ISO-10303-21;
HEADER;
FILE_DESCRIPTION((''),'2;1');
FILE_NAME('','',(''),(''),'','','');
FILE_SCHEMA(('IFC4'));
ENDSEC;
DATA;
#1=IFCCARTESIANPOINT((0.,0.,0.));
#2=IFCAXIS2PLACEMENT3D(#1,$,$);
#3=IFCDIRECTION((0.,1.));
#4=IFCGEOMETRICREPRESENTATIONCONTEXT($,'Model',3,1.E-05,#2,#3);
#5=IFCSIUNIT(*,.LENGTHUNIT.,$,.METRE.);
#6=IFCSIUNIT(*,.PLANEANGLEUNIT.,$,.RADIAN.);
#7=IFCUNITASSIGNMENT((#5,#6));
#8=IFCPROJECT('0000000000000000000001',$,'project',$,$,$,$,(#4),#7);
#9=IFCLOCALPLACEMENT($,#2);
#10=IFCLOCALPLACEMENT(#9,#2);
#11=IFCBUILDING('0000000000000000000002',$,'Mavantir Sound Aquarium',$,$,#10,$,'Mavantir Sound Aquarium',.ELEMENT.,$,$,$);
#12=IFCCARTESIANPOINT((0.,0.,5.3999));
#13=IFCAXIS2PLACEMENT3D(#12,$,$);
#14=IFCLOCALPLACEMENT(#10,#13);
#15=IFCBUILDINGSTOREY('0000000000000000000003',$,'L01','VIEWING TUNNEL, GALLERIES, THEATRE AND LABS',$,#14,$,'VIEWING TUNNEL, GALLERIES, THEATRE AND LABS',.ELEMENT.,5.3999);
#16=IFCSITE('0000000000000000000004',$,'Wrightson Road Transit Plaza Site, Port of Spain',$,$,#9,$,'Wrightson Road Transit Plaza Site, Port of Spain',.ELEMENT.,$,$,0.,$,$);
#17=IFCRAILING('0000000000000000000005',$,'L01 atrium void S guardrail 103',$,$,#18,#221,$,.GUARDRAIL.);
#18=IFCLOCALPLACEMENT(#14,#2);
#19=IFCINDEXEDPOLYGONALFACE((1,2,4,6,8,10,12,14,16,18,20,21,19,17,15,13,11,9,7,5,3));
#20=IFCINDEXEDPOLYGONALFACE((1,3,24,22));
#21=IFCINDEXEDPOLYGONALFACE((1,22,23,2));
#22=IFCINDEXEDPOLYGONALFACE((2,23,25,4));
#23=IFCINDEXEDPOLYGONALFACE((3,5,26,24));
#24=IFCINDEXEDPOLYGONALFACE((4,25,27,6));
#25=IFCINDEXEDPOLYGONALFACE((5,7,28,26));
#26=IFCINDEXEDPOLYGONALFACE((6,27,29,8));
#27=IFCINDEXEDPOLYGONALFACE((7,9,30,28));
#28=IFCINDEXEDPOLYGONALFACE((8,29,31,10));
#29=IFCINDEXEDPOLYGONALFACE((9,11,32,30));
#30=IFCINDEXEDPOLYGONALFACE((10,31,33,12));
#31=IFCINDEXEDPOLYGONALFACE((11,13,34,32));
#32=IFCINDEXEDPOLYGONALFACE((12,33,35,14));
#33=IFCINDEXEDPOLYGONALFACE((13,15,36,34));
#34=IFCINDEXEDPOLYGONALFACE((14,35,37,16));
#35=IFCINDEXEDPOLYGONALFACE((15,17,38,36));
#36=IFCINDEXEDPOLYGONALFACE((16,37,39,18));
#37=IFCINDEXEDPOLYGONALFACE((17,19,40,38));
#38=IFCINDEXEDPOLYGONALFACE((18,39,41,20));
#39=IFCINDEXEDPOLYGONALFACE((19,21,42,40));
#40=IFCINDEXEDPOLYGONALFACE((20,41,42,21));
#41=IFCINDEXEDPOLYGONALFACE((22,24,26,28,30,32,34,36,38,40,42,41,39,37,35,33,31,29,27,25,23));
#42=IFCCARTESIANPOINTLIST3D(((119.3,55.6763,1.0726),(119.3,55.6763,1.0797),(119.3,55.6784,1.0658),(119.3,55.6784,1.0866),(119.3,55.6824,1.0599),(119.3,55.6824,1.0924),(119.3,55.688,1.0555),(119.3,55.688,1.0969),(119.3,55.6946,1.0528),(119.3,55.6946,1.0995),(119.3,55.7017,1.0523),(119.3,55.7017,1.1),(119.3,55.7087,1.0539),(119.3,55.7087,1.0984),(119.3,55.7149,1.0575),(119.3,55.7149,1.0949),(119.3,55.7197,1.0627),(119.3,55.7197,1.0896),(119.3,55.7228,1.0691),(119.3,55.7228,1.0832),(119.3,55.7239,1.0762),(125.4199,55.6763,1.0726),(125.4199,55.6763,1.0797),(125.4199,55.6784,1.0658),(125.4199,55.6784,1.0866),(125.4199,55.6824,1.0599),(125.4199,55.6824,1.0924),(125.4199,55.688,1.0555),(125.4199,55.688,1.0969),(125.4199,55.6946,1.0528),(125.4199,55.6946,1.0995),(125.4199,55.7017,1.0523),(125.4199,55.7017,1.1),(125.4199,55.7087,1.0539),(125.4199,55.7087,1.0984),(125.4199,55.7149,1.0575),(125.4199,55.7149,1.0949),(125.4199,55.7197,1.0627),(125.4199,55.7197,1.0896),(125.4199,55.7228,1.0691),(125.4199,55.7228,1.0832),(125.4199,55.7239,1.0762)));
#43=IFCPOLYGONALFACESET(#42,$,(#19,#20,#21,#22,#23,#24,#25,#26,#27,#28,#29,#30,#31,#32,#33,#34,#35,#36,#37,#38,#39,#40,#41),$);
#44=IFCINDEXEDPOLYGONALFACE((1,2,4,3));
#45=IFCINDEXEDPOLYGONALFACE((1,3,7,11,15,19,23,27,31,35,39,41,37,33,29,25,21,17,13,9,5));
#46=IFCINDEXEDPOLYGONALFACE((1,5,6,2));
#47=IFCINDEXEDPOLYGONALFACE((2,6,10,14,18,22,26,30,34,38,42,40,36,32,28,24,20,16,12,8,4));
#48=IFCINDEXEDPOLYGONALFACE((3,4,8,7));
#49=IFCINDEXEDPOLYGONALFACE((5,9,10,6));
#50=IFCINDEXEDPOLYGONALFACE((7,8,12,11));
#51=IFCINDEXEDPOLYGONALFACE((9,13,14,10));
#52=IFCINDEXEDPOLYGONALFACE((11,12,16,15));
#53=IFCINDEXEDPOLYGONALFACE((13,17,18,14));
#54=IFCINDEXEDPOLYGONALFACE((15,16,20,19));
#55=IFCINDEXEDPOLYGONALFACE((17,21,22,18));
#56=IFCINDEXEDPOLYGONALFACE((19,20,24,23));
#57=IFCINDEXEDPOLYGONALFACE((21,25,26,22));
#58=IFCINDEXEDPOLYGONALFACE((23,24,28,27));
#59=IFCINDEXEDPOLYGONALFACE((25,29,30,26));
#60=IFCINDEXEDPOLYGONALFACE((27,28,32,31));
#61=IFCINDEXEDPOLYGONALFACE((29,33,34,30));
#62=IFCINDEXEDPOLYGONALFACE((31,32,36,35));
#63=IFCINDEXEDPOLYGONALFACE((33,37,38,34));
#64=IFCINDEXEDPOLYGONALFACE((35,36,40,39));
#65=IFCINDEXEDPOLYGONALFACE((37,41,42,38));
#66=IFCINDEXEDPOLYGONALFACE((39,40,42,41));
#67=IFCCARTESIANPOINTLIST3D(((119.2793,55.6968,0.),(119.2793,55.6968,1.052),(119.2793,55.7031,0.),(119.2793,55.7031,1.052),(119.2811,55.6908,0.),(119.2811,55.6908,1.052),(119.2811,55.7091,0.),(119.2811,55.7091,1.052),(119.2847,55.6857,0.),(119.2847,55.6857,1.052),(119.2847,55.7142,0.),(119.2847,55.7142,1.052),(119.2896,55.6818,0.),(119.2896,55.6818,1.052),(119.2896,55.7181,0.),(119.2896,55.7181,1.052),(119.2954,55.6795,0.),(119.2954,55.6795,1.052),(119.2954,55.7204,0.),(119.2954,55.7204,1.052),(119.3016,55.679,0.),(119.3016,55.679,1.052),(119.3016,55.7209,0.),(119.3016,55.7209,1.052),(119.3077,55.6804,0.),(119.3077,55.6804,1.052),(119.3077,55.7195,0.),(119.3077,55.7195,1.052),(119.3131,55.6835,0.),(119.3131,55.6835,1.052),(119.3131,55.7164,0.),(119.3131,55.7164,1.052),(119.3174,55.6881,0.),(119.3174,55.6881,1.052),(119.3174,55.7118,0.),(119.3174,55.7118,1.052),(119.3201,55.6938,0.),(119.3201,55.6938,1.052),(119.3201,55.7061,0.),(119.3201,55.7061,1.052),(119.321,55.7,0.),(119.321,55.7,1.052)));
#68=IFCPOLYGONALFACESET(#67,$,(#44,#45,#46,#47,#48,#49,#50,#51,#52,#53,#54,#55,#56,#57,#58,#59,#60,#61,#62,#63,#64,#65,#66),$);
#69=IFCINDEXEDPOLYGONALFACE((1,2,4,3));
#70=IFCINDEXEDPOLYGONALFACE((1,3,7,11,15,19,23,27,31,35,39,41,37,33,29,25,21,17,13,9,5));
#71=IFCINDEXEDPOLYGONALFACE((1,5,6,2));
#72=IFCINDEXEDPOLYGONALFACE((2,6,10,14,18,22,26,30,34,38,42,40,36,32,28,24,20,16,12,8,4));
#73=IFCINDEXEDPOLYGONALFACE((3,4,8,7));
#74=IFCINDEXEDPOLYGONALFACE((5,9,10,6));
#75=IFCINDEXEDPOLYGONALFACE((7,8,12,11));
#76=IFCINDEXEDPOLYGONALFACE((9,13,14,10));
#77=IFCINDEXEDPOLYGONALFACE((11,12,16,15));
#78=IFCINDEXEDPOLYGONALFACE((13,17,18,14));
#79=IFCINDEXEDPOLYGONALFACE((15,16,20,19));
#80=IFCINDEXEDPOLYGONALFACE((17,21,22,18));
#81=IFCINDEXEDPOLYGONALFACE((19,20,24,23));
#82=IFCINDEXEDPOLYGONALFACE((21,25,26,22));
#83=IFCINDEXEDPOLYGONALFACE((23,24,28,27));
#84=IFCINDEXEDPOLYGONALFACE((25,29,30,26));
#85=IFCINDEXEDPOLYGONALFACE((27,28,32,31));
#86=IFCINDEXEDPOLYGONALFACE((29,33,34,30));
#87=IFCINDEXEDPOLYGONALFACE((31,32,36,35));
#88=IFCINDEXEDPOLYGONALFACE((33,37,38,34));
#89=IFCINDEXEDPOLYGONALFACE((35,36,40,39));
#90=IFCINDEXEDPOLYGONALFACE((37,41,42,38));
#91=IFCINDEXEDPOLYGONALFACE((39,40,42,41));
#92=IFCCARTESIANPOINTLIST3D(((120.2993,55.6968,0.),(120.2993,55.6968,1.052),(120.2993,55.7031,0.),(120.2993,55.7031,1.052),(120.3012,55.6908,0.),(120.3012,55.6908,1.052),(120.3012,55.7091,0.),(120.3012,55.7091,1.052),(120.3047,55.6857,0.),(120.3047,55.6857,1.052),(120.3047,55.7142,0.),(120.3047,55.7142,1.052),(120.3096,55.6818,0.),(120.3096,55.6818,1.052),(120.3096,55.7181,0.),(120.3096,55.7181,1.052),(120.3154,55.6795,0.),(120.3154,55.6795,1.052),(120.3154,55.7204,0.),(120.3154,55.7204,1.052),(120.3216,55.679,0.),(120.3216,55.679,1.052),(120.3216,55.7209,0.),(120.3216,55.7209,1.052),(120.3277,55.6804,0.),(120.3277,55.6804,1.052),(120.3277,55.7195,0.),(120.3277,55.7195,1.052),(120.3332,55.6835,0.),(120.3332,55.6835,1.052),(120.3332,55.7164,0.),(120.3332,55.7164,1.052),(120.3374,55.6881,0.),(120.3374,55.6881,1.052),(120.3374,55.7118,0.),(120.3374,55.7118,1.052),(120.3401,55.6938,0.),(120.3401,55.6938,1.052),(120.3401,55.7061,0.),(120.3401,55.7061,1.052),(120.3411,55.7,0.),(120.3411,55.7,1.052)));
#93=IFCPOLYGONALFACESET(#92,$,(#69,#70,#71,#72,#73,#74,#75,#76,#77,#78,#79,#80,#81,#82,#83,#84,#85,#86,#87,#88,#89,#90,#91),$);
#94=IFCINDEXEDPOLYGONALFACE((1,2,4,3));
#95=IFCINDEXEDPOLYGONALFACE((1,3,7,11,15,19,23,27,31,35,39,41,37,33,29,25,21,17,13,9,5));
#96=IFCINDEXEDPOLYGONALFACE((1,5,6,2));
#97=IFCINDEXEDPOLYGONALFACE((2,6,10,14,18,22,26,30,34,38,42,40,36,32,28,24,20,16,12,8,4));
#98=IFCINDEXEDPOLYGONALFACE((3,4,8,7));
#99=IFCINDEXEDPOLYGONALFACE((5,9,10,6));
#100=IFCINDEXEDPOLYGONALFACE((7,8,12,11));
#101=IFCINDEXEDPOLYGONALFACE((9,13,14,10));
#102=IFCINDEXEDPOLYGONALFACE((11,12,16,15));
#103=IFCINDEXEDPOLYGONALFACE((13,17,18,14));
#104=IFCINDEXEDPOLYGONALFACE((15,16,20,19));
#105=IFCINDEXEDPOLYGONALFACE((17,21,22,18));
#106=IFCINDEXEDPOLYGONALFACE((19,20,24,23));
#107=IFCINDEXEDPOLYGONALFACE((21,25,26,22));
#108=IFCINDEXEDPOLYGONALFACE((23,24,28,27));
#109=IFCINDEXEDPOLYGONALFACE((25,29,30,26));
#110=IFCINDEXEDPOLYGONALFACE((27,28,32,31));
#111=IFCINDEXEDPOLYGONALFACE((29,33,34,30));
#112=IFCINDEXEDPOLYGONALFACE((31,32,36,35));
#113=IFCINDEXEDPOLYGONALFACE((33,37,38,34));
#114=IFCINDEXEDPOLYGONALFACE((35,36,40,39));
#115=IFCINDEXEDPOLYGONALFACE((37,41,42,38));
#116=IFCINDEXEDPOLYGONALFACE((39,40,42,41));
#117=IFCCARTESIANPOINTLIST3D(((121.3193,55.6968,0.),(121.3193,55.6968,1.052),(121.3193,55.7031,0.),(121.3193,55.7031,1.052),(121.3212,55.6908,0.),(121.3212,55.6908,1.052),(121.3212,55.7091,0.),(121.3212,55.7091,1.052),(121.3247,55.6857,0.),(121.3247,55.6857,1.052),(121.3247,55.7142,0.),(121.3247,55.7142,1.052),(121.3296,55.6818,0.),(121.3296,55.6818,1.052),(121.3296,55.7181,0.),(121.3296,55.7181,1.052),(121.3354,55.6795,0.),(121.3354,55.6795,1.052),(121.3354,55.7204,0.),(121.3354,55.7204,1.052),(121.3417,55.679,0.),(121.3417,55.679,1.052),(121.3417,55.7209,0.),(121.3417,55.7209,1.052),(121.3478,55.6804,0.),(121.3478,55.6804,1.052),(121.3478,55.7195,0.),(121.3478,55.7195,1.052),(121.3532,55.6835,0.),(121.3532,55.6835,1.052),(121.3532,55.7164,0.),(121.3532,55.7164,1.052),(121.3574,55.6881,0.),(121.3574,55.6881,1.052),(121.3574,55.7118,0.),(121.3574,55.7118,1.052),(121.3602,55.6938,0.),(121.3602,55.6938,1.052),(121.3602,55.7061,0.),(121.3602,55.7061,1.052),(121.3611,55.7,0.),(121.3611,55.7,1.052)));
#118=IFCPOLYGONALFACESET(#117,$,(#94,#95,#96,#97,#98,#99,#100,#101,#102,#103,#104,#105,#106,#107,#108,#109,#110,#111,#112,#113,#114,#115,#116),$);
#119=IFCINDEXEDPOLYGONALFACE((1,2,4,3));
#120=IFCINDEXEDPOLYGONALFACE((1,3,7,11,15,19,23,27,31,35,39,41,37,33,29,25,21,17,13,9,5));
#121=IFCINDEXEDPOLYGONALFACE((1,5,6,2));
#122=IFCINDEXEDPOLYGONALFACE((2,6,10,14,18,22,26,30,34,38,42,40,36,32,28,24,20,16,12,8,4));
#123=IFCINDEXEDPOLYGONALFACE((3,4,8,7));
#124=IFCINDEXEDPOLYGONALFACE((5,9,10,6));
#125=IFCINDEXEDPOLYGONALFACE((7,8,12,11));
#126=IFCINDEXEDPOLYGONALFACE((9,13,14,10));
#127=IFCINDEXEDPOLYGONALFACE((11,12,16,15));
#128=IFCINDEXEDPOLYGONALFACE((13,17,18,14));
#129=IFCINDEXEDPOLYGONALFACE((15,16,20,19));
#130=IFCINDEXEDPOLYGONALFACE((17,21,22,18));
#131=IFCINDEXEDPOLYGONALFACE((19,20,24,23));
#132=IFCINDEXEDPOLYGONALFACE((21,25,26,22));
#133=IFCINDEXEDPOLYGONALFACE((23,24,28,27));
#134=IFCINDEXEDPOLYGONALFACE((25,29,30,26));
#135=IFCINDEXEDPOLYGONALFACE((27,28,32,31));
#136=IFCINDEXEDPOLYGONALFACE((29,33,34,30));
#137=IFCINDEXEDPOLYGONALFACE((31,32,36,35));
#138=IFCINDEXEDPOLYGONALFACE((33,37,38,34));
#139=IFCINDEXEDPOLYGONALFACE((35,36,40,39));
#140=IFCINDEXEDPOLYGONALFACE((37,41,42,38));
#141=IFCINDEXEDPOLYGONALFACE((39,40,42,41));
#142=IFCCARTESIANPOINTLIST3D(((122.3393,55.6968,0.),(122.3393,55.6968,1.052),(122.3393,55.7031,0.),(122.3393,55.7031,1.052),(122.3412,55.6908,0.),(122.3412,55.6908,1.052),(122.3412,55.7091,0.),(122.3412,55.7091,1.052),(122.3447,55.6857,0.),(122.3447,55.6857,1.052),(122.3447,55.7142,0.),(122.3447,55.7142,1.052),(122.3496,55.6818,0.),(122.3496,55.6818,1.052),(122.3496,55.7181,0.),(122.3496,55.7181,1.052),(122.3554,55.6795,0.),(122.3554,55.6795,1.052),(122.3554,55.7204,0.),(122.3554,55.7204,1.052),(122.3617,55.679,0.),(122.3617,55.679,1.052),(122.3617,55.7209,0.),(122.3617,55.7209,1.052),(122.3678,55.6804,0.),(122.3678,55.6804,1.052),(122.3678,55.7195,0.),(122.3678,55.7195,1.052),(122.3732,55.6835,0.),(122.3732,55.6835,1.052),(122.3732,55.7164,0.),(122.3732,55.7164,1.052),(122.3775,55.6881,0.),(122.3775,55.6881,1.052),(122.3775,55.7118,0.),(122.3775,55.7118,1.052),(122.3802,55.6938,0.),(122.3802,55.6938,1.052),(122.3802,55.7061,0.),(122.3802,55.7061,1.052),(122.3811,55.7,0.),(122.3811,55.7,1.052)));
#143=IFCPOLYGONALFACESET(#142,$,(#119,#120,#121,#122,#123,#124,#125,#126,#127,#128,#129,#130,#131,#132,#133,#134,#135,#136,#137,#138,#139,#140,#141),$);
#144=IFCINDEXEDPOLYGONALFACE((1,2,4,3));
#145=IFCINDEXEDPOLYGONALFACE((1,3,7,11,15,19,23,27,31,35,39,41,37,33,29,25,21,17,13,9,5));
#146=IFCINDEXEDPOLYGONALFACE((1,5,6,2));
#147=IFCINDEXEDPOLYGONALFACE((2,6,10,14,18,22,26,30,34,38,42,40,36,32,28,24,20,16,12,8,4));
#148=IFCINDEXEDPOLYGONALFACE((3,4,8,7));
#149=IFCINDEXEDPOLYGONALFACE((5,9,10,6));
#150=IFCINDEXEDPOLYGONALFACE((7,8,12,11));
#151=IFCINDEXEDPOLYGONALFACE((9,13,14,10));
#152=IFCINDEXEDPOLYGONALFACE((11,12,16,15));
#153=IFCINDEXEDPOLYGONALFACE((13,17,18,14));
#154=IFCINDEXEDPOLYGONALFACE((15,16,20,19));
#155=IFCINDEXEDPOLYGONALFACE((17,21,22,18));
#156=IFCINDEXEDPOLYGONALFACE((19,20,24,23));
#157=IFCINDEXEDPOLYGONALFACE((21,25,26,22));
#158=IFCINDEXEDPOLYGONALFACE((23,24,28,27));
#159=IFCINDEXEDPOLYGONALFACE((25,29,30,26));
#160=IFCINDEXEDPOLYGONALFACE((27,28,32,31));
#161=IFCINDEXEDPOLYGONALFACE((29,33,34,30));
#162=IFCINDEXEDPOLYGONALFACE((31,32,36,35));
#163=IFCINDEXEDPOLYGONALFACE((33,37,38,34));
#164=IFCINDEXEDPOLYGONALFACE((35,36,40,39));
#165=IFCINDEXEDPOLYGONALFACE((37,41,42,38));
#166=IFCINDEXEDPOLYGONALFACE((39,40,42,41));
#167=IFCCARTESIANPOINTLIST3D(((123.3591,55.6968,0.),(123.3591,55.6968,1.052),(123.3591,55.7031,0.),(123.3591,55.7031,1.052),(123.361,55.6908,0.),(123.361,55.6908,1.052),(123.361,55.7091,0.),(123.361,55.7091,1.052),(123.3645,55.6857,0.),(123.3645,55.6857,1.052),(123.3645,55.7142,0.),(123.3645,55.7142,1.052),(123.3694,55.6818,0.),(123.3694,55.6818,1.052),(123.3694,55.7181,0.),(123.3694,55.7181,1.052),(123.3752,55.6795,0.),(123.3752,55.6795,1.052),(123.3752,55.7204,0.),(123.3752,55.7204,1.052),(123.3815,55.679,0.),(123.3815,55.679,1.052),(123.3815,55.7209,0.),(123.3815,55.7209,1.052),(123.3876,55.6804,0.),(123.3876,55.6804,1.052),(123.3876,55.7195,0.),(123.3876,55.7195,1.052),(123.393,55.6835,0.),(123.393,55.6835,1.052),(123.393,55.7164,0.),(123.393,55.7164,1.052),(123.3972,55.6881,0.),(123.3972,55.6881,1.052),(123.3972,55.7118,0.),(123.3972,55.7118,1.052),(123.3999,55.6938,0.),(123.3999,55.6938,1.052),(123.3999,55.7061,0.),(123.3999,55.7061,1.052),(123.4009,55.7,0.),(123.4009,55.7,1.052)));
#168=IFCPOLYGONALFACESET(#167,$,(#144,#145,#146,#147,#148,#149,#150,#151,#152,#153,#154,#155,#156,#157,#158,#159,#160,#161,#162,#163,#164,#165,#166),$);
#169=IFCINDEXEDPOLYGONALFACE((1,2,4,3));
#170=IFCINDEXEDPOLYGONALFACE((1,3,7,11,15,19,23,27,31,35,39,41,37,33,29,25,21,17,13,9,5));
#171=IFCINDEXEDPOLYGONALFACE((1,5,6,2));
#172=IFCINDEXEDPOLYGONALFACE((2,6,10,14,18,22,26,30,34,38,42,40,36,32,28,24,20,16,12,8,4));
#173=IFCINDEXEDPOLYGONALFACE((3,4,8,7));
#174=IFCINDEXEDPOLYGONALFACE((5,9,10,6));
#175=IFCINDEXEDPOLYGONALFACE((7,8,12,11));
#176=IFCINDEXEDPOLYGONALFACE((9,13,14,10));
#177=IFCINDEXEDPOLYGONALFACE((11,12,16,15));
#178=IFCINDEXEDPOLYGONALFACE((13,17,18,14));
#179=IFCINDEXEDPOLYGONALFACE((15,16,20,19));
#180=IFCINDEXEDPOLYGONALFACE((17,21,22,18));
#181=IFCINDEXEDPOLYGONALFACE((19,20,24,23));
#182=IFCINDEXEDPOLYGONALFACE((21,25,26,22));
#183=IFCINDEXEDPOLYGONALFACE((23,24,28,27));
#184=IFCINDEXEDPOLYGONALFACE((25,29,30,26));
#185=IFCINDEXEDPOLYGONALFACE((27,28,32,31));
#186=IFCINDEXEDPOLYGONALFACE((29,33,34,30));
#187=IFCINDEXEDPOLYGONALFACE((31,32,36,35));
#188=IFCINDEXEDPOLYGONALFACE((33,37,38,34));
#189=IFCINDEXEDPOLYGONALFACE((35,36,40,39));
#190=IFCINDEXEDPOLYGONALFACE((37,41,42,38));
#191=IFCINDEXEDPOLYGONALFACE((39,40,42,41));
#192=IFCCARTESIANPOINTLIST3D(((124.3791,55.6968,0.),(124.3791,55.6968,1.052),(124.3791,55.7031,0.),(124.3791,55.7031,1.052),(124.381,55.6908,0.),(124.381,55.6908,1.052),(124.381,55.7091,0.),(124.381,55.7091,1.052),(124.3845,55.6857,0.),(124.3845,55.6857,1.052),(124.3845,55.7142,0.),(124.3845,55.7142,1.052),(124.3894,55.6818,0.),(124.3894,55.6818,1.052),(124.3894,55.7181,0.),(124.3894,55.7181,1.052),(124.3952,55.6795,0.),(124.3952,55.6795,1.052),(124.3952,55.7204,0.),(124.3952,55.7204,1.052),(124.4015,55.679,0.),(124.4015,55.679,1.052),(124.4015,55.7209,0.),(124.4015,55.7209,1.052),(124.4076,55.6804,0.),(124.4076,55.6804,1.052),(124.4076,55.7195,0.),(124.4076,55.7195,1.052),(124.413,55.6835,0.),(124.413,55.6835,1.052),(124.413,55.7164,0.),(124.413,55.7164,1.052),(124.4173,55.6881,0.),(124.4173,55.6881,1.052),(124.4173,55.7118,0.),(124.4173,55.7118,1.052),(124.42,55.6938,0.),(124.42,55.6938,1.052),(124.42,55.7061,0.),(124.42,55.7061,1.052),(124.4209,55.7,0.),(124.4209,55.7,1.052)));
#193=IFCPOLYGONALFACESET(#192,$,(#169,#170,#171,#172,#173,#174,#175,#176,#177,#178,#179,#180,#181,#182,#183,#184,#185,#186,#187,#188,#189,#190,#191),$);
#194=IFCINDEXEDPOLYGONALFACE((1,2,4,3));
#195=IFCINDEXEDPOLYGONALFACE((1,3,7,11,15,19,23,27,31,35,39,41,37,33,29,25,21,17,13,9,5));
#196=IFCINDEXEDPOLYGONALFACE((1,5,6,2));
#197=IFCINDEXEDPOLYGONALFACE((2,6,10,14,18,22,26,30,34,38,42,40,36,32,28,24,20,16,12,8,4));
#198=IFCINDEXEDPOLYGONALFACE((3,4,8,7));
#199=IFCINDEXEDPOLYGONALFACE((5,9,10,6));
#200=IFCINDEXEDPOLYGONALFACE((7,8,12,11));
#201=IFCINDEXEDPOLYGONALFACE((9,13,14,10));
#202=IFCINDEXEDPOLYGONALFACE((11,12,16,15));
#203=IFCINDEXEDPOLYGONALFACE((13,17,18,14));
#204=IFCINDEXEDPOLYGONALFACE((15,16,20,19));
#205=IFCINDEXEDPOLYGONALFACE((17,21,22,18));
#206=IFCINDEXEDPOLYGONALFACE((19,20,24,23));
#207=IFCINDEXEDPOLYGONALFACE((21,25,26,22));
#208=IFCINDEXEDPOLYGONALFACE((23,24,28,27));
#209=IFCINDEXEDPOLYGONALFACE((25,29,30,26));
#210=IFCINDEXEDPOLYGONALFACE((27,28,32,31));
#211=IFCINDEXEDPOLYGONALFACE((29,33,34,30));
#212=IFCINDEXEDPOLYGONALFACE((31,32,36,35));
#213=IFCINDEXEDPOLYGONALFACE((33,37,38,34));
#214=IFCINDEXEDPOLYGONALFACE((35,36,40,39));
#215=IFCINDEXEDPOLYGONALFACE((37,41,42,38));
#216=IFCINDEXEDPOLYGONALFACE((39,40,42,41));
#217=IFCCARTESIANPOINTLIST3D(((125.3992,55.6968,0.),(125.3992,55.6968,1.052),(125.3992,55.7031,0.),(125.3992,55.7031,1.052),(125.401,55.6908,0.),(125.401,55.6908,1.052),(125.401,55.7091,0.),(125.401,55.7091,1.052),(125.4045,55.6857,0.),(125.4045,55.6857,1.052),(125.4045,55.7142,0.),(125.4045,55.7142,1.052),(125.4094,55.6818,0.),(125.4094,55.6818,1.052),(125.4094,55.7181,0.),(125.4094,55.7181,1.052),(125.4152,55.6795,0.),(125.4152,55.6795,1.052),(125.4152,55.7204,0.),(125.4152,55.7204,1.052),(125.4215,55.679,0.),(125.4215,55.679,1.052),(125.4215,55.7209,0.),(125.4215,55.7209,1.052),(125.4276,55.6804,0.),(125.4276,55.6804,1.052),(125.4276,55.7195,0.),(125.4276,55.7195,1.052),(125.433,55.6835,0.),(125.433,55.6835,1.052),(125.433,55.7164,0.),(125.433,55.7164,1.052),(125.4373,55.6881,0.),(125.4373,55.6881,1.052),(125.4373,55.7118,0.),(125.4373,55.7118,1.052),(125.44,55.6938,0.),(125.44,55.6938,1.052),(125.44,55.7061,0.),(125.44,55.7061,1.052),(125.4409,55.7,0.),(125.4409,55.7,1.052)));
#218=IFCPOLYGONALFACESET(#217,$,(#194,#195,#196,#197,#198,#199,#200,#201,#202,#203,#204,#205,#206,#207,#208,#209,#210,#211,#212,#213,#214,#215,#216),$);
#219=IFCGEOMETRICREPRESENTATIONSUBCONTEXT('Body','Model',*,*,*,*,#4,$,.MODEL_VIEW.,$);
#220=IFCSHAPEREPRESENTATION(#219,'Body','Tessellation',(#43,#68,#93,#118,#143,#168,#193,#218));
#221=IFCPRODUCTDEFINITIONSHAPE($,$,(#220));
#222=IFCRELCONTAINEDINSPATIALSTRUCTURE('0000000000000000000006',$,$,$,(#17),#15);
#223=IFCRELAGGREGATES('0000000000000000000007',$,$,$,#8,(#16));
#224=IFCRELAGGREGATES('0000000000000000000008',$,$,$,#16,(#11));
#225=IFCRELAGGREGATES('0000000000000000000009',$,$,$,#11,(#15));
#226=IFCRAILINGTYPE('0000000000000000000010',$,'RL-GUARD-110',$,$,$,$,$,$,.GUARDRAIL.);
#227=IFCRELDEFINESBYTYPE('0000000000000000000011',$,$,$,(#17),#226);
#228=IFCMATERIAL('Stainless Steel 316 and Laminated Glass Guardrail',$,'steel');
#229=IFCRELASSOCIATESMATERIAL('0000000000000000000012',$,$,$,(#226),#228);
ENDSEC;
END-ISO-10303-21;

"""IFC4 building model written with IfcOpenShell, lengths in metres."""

from ifc_helpers import new_model, si_unit, direction, frame, origin, origin_2d, place, context, subcontext, project, spatial, circle, extrude, material, type_object, element, save


model = new_model("IFC4")

# Units and contexts
model_context = context("Model", 3, precision=1e-05, world=origin(), true_north=direction((0.0, 1.0)))
body_context = subcontext(model_context, "Body", "Model", "MODEL_VIEW")
ifc_project = project(units=[si_unit("LENGTHUNIT", "METRE"), si_unit("PLANEANGLEUNIT", "RADIAN")], contexts=[model_context])

# Site, building, storey
site_placement = place(None, origin())
site = spatial("IfcSite", under=ifc_project, at=site_placement, Name="Wrightson Road Transit Plaza Site, Port of Spain", LongName="Wrightson Road Transit Plaza Site, Port of Spain", CompositionType="ELEMENT", RefElevation=0.0)
building_placement = place(site_placement, origin())
building = spatial("IfcBuilding", under=site, at=building_placement, Name="Mavantir Sound Aquarium", LongName="Mavantir Sound Aquarium", CompositionType="ELEMENT")
storey_placement = place(building_placement, frame((0.0, 0.0, 5.3999)))
storey = spatial("IfcBuildingStorey", under=building, at=storey_placement, Name="L01", Description="VIEWING TUNNEL, GALLERIES, THEATRE AND LABS", LongName="VIEWING TUNNEL, GALLERIES, THEATRE AND LABS", CompositionType="ELEMENT", Elevation=5.3999)

# Railing
ifc_material_1 = material(Name="Stainless Steel 316 and Laminated Glass Guardrail", Category="steel")
railing_type = type_object("IfcRailingType", Name="RL-GUARD-110", PredefinedType="GUARDRAIL", material=ifc_material_1)
railing_1_placement = place(storey_placement, frame((119.3, 55.7, 0.0)))
element("IfcRailing", 1, at=railing_1_placement, inside=storey, type_object=railing_type, Name="L01 atrium void S guardrail 103", PredefinedType="GUARDRAIL", context=body_context, shape_type="SweptSolid", body=[
    extrude(circle(Radius=0.0239, at=origin_2d()), frame((0.0, 0.0, 1.0762), z_axis=(1.0, 0.0, 0.0), x_axis=(0.0, 1.0, 0.0)), (0.0, 0.0, 1.0), 6.1199),
    extrude(circle(Radius=0.021, at=origin_2d()), origin(), (0.0, 0.0, 1.0), 1.052),
    extrude(circle(Radius=0.021, at=origin_2d()), frame((1.02, 0.0, 0.0)), (0.0, 0.0, 1.0), 1.052),
    extrude(circle(Radius=0.021, at=origin_2d()), frame((2.04, 0.0, 0.0)), (0.0, 0.0, 1.0), 1.052),
    extrude(circle(Radius=0.021, at=origin_2d()), frame((3.0601, 0.0, 0.0)), (0.0, 0.0, 1.0), 1.052),
    extrude(circle(Radius=0.021, at=origin_2d()), frame((4.0798, 0.0, 0.0)), (0.0, 0.0, 1.0), 1.052),
    extrude(circle(Radius=0.021, at=origin_2d()), frame((5.0999, 0.0, 0.0)), (0.0, 0.0, 1.0), 1.052),
    extrude(circle(Radius=0.021, at=origin_2d()), frame((6.1199, 0.0, 0.0)), (0.0, 0.0, 1.0), 1.052),
])

save(model, "model.ifc")
